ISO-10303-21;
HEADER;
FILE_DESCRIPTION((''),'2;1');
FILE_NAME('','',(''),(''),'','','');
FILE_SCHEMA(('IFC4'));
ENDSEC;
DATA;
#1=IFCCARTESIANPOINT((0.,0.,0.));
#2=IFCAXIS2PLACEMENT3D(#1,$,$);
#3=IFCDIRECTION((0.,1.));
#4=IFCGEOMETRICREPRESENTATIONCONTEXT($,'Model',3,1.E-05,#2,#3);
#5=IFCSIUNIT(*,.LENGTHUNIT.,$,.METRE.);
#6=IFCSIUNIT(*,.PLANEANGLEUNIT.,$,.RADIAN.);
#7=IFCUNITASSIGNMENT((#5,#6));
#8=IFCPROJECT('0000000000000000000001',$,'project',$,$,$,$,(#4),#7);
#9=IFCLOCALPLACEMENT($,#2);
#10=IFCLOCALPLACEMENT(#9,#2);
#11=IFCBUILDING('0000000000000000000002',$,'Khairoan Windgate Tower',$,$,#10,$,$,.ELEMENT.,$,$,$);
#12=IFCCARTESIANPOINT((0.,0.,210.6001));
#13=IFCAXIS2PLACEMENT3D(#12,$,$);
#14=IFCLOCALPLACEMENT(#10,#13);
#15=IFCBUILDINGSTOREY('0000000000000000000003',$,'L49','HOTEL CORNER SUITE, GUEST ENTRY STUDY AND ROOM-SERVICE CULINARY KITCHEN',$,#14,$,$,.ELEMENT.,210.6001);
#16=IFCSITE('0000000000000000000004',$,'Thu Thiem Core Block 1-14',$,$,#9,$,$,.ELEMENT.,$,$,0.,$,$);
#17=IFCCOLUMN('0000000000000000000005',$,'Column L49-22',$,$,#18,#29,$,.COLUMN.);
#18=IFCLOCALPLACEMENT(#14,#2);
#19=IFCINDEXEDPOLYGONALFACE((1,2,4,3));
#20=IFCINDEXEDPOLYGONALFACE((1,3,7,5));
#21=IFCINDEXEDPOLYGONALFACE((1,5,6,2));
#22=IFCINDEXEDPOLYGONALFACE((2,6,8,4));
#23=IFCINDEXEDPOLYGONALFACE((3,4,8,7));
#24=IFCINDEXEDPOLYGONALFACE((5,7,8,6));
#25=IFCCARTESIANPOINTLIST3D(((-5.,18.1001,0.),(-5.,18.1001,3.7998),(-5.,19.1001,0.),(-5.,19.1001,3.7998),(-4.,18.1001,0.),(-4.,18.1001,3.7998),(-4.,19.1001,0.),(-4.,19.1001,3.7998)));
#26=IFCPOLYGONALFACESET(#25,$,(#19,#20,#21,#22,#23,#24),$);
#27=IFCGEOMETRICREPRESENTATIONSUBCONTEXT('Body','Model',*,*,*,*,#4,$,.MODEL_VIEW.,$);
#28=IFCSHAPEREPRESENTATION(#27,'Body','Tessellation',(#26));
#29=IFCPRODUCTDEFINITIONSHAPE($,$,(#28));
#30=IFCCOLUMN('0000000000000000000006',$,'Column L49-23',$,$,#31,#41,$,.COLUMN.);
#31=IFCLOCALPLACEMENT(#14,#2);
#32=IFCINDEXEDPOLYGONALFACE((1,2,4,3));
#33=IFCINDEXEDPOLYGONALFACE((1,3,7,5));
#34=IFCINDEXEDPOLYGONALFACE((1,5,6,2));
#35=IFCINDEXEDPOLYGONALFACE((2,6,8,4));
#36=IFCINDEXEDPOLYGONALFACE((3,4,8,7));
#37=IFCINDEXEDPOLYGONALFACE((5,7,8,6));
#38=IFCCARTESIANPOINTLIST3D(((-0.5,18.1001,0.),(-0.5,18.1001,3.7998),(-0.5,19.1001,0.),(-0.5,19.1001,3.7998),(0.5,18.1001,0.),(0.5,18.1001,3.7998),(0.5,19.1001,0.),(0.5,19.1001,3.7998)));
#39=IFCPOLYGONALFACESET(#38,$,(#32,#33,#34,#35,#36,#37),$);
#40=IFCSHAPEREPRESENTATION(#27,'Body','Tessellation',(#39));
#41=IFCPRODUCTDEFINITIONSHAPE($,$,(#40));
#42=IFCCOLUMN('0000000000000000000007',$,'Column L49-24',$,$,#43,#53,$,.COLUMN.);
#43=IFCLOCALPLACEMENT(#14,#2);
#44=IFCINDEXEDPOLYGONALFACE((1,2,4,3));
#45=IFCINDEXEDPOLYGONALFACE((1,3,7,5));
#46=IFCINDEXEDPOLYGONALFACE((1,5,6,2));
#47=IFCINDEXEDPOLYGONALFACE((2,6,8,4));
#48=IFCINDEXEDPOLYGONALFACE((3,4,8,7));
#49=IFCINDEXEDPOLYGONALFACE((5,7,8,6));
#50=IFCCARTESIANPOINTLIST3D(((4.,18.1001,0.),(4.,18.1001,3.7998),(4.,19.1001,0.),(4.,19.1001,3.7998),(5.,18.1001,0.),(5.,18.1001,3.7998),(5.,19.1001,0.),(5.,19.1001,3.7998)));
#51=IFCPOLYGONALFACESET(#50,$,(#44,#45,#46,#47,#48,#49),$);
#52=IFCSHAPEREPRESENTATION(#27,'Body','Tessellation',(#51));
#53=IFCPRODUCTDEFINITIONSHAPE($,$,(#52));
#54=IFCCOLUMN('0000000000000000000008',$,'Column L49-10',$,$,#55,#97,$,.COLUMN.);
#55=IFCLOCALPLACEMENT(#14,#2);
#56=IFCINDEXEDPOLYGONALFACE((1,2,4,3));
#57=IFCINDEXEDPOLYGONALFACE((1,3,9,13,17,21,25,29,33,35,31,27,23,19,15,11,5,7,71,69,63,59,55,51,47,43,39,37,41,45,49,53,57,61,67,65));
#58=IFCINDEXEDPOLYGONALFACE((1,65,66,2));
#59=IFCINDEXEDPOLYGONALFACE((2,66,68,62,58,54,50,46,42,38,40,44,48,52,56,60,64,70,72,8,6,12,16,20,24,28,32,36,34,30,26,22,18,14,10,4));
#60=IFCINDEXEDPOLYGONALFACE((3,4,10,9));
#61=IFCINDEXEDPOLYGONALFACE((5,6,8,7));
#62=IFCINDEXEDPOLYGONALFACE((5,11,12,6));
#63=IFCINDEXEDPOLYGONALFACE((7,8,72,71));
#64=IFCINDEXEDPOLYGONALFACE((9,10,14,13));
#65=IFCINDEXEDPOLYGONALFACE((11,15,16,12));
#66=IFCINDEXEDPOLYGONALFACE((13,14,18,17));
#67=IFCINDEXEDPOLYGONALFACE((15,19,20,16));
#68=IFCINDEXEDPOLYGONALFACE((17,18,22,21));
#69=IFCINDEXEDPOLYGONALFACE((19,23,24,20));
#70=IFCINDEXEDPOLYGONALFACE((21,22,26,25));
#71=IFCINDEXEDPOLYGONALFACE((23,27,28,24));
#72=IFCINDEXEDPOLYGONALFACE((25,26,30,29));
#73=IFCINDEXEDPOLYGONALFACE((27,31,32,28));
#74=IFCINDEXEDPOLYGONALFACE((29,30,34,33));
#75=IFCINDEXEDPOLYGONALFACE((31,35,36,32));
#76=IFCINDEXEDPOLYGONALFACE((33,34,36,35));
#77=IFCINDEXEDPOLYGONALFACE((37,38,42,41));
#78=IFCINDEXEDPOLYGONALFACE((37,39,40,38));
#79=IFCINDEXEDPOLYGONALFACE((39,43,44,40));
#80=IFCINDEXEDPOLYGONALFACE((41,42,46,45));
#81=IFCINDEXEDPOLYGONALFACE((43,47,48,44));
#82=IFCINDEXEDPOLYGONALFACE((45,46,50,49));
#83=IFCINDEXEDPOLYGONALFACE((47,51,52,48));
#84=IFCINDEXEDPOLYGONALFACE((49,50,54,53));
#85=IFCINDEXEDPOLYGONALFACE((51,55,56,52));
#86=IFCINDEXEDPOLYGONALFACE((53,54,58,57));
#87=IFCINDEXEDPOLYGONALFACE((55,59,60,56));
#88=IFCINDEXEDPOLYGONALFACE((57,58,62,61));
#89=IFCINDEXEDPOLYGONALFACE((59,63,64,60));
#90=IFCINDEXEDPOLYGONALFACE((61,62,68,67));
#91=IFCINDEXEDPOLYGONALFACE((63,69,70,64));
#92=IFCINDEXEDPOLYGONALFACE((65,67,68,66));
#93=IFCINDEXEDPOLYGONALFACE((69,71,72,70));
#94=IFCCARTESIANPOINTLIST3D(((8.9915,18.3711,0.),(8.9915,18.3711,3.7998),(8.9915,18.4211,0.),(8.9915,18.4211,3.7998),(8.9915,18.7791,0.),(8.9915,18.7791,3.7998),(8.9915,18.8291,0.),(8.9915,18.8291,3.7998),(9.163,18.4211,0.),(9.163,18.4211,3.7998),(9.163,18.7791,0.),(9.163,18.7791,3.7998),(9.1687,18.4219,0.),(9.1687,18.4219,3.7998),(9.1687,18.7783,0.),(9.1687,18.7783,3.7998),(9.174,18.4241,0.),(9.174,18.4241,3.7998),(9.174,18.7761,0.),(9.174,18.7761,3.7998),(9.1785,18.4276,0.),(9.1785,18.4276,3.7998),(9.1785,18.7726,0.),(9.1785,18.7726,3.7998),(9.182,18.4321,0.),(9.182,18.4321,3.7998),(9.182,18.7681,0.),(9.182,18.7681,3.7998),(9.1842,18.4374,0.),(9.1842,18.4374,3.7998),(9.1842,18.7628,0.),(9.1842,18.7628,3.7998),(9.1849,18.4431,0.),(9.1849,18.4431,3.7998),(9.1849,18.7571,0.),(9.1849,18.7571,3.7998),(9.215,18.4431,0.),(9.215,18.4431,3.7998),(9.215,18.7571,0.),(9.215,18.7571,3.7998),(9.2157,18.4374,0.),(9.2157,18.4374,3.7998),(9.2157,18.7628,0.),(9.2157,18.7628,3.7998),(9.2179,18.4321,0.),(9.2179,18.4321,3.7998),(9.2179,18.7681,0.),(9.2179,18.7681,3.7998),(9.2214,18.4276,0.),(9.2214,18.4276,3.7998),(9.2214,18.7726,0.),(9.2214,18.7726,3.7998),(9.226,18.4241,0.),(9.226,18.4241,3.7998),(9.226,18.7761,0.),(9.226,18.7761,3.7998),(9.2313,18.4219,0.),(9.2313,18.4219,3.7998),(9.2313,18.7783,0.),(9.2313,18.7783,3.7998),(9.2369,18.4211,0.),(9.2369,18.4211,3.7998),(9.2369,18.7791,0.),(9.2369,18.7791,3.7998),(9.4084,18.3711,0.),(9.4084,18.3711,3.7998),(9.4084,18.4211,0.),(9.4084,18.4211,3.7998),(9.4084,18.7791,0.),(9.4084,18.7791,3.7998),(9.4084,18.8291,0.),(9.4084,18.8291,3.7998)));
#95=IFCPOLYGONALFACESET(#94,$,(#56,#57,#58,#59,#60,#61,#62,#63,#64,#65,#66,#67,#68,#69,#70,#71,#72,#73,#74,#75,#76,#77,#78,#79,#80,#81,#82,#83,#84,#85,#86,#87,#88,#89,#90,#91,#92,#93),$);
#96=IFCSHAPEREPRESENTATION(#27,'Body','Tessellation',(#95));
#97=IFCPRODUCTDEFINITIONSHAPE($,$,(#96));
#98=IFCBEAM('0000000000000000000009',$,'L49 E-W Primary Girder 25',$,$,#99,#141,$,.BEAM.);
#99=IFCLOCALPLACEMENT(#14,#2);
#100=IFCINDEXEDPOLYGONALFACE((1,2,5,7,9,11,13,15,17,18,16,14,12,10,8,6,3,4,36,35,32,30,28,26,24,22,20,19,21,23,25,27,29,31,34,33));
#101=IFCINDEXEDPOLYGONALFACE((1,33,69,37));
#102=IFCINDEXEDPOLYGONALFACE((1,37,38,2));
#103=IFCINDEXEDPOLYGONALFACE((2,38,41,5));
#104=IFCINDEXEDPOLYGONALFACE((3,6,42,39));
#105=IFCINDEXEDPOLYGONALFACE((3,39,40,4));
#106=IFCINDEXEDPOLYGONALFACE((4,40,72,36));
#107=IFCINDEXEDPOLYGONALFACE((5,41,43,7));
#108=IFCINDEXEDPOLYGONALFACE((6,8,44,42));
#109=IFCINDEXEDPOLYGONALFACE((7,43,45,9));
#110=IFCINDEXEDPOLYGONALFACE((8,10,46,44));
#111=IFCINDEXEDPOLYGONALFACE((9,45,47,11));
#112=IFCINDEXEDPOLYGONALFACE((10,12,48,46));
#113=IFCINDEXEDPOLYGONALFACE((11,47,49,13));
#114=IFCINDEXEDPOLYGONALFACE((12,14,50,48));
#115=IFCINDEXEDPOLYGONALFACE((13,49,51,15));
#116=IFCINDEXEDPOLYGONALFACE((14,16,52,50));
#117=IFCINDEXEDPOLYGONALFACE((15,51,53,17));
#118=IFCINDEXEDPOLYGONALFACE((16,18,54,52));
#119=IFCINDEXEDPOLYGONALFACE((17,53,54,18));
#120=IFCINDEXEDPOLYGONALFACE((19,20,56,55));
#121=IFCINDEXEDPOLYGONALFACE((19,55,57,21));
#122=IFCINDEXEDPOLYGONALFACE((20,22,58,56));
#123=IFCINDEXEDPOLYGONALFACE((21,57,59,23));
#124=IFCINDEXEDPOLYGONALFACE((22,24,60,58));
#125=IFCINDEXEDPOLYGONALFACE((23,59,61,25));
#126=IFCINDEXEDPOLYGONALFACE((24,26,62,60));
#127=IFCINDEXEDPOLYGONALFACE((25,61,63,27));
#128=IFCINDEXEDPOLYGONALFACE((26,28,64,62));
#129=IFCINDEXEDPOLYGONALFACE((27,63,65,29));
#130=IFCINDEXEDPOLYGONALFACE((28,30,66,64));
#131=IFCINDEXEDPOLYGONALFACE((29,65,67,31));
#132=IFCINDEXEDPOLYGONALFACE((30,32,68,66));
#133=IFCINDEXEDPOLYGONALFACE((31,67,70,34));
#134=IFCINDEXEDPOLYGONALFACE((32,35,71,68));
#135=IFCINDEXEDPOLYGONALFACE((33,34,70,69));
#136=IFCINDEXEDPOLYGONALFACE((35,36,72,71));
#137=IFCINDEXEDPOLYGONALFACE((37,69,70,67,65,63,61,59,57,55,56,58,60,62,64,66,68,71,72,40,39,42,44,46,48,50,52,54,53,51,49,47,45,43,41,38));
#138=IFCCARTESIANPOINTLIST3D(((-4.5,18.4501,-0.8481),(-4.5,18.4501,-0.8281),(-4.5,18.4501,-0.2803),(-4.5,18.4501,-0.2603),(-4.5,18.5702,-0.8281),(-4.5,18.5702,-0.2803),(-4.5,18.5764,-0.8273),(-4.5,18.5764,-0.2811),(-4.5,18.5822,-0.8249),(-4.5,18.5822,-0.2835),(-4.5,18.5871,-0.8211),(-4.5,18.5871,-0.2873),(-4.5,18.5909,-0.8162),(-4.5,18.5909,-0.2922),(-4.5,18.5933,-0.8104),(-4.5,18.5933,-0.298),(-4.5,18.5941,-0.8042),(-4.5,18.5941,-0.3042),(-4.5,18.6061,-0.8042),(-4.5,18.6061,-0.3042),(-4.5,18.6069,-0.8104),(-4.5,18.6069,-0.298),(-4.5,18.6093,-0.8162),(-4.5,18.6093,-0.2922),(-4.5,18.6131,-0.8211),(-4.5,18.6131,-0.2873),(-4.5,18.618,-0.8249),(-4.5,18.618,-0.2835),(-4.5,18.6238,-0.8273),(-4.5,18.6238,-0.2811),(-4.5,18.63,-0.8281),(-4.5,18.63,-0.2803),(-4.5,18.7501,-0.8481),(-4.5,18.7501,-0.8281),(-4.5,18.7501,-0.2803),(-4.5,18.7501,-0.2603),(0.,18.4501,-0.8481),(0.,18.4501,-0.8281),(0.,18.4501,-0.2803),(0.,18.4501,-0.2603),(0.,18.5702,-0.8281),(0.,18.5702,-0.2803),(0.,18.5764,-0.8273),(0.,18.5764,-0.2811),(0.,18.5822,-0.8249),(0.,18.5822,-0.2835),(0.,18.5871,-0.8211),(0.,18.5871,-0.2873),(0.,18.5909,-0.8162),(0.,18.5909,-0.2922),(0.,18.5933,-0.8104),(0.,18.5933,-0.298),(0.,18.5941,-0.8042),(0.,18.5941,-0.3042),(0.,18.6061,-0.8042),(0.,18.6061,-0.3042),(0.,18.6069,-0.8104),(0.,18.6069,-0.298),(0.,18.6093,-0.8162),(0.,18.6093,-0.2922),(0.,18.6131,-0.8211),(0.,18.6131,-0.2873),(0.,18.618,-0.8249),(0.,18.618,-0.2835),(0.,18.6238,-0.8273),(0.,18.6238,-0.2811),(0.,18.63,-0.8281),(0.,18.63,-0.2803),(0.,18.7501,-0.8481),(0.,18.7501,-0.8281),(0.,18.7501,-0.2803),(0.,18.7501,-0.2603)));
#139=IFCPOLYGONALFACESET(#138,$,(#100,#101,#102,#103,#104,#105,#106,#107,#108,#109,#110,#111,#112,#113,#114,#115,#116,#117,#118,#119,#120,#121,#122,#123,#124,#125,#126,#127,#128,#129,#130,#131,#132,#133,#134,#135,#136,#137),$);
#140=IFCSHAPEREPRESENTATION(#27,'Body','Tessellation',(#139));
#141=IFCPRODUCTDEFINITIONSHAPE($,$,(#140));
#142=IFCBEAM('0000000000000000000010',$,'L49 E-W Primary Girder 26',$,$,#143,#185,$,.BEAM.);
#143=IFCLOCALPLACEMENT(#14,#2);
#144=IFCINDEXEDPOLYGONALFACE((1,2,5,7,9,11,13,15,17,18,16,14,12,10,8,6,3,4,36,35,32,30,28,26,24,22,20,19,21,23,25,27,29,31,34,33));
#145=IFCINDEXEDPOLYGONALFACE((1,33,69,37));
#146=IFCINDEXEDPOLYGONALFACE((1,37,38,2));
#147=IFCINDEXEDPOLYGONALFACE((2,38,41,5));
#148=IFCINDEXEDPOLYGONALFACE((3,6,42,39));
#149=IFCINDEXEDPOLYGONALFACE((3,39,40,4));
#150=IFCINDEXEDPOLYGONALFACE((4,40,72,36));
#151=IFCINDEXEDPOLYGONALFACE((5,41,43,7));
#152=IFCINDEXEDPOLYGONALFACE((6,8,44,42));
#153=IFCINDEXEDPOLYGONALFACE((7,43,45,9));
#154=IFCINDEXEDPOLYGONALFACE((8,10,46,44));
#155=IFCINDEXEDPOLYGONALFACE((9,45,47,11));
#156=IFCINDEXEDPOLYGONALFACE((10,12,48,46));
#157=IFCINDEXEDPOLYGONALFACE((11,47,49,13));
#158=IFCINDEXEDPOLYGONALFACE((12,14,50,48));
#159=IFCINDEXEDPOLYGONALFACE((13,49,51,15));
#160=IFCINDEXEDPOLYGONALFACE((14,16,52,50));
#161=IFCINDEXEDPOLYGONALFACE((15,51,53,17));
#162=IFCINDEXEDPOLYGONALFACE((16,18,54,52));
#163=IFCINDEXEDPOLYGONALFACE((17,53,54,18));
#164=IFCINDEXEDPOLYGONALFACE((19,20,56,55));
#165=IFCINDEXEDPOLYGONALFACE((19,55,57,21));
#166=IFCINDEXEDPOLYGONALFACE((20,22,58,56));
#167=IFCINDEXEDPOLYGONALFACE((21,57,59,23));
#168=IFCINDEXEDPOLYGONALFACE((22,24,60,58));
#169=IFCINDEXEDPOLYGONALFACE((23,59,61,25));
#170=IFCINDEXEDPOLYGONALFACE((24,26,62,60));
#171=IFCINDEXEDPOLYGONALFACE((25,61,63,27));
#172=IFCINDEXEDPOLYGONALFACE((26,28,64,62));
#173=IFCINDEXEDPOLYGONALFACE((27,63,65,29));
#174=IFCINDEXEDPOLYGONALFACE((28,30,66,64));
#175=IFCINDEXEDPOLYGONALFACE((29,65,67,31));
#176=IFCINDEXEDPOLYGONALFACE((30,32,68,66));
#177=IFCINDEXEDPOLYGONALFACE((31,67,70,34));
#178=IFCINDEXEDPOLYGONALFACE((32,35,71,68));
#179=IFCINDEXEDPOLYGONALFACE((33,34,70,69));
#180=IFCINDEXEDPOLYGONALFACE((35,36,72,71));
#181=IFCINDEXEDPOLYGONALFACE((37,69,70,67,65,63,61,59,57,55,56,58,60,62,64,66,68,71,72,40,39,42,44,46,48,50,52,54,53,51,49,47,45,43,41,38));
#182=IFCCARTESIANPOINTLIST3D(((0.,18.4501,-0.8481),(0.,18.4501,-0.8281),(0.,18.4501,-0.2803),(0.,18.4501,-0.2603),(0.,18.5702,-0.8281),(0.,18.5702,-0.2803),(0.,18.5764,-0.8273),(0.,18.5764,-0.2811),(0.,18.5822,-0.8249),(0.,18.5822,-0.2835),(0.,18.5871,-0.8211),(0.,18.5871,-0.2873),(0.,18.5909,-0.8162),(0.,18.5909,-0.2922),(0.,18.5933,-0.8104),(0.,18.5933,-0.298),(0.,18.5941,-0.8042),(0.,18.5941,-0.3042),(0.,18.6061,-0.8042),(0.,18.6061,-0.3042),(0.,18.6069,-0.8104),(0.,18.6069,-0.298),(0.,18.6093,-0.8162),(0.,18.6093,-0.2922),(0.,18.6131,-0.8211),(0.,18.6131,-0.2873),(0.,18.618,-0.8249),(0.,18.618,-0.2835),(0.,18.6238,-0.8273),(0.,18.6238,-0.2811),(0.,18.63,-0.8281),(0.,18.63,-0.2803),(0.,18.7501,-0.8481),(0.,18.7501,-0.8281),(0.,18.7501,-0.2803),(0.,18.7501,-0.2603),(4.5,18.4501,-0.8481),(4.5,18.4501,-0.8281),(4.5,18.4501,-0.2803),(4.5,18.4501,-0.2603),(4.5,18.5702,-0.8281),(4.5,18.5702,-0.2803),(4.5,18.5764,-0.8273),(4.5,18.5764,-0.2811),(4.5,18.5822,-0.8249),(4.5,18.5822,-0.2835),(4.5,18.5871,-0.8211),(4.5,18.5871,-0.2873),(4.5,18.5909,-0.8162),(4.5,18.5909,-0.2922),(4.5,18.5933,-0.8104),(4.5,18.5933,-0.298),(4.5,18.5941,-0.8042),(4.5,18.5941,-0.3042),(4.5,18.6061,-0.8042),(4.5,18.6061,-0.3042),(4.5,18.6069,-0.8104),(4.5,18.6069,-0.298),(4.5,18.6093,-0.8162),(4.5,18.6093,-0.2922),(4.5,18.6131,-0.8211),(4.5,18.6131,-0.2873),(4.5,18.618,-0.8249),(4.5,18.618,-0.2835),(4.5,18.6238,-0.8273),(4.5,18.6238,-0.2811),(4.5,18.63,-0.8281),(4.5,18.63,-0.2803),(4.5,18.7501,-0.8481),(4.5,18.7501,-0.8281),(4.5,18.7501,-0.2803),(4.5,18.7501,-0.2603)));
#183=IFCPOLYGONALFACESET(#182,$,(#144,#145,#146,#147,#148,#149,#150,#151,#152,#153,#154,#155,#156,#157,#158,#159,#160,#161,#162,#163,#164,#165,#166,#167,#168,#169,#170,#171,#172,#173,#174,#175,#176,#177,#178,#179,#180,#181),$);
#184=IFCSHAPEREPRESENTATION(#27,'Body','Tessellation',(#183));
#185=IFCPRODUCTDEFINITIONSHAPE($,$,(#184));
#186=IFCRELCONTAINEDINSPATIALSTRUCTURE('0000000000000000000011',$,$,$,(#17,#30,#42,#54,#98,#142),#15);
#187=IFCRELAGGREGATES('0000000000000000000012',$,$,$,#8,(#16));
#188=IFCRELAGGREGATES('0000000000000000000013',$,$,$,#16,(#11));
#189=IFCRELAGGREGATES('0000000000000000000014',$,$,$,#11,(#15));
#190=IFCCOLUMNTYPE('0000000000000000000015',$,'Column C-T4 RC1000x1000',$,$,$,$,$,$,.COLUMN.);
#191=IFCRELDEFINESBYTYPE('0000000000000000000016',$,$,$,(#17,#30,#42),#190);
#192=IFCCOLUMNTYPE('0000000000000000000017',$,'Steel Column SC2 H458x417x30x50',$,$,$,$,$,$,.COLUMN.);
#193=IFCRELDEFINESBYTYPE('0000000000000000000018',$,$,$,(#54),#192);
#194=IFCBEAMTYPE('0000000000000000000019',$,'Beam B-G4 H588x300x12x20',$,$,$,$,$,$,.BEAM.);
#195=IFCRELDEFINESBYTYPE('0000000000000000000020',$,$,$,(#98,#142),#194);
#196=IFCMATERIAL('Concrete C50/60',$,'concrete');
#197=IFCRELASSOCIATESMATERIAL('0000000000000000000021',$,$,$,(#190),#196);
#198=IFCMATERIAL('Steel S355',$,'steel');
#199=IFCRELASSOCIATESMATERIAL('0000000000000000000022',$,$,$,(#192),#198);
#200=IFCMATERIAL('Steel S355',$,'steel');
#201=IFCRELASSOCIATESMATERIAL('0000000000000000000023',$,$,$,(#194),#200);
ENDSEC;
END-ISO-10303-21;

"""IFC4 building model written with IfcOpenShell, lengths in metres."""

from ifc_helpers import new_model, si_unit, direction, frame, origin, origin_2d, place, context, subcontext, project, spatial, rectangle, i_section, extrude, material, material_profile, profile_set, type_object, element, save


model = new_model("IFC4")

# Units and contexts
model_context = context("Model", 3, precision=1e-05, world=origin(), true_north=direction((0.0, 1.0)))
body_context = subcontext(model_context, "Body", "Model", "MODEL_VIEW")
ifc_project = project(units=[si_unit("LENGTHUNIT", "METRE"), si_unit("PLANEANGLEUNIT", "RADIAN")], contexts=[model_context])

# Site, building, storey
site_placement = place(None, origin())
site = spatial("IfcSite", under=ifc_project, at=site_placement, Name="Thu Thiem Core Block 1-14", CompositionType="ELEMENT", RefElevation=0.0)
building_placement = place(site_placement, origin())
building = spatial("IfcBuilding", under=site, at=building_placement, Name="Khairoan Windgate Tower", CompositionType="ELEMENT")
storey_placement = place(building_placement, frame((0.0, 0.0, 210.6001)))
storey = spatial("IfcBuildingStorey", under=building, at=storey_placement, Name="L49", Description="HOTEL CORNER SUITE, GUEST ENTRY STUDY AND ROOM-SERVICE CULINARY KITCHEN", CompositionType="ELEMENT", Elevation=210.6001)

# Columns
ifc_material_1 = material(Name="Concrete C50/60", Category="concrete")
ifc_material_profile_1 = material_profile(ifc_material_1, rectangle(XDim=1.0, YDim=1.0, at=origin_2d()))
ifc_profile_set_1 = profile_set([ifc_material_profile_1], Name="Concrete C50/60")
column_type_1 = type_object("IfcColumnType", Name="Column C-T4 RC1000x1000", PredefinedType="COLUMN", material=ifc_profile_set_1)
for number, where, z_axis, x_axis, name in (
    (1, (-4.5, 18.6001, 0.0), (0.0, 0.0, 1.0), (1.0, 0.0, 0.0), "Column L49-22"),
    (2, (0.0, 18.6001, 0.0), (0.0, 0.0, 1.0), (1.0, 0.0, 0.0), "Column L49-23"),
    (3, (4.5, 18.6001, 0.0), (0.0, 0.0, 1.0), (1.0, 0.0, 0.0), "Column L49-24"),
):
    element("IfcColumn", number, at=place(storey_placement, frame(where, z_axis=z_axis, x_axis=x_axis)), inside=storey, type_object=column_type_1, Name=name, PredefinedType="COLUMN", context=body_context, shape_type="SweptSolid", body=[
        extrude(rectangle(XDim=1.0, YDim=1.0, at=origin_2d()), origin(), (0.0, 0.0, 1.0), 3.7998),
    ])
ifc_material_2 = material(Name="Steel S355", Category="steel")
ifc_material_profile_2 = material_profile(ifc_material_2, i_section(OverallWidth=0.417, OverallDepth=0.458, WebThickness=0.03, FlangeThickness=0.05, FilletRadius=0.022, at=origin_2d()))
ifc_profile_set_2 = profile_set([ifc_material_profile_2], Name="Steel S355")
column_type_2 = type_object("IfcColumnType", Name="Steel Column SC2 H458x417x30x50", PredefinedType="COLUMN", material=ifc_profile_set_2)
column_placement = place(storey_placement, frame((9.2, 18.6001, 0.0), z_axis=(0.0, 0.0, 1.0), x_axis=(1.0, 0.0, 0.0)))
element("IfcColumn", 4, at=column_placement, inside=storey, type_object=column_type_2, Name="Column L49-10", PredefinedType="COLUMN", context=body_context, shape_type="SweptSolid", body=[
    extrude(i_section(OverallWidth=0.417, OverallDepth=0.458, WebThickness=0.03, FlangeThickness=0.05, FilletRadius=0.022, at=origin_2d()), origin(), (0.0, 0.0, 1.0), 3.7998),
])

# Beams
ifc_material_3 = material(Name="Steel S355", Category="steel")
ifc_material_profile_3 = material_profile(ifc_material_3, i_section(OverallWidth=0.3, OverallDepth=0.5879, WebThickness=0.012, FlangeThickness=0.02, FilletRadius=0.0239, at=origin_2d()))
ifc_profile_set_3 = profile_set([ifc_material_profile_3], Name="Steel S355")
beam_type = type_object("IfcBeamType", Name="Beam B-G4 H588x300x12x20", PredefinedType="BEAM", material=ifc_profile_set_3)
for number, where, z_axis, x_axis, name in (
    (5, (-4.5, 18.6001, -0.5542), (1.0, 0.0, 0.0), (0.0, 1.0, 0.0), "L49 E-W Primary Girder 25"),
    (6, (0.0, 18.6001, -0.5542), (1.0, 0.0, 0.0), (0.0, 1.0, 0.0), "L49 E-W Primary Girder 26"),
):
    element("IfcBeam", number, at=place(storey_placement, frame(where, z_axis=z_axis, x_axis=x_axis)), inside=storey, type_object=beam_type, Name=name, PredefinedType="BEAM", context=body_context, shape_type="SweptSolid", body=[
        extrude(i_section(OverallWidth=0.3, OverallDepth=0.5879, WebThickness=0.012, FlangeThickness=0.02, FilletRadius=0.0239, at=origin_2d()), origin(), (0.0, 0.0, 1.0), 4.5),
    ])

save(model, "model.ifc")
